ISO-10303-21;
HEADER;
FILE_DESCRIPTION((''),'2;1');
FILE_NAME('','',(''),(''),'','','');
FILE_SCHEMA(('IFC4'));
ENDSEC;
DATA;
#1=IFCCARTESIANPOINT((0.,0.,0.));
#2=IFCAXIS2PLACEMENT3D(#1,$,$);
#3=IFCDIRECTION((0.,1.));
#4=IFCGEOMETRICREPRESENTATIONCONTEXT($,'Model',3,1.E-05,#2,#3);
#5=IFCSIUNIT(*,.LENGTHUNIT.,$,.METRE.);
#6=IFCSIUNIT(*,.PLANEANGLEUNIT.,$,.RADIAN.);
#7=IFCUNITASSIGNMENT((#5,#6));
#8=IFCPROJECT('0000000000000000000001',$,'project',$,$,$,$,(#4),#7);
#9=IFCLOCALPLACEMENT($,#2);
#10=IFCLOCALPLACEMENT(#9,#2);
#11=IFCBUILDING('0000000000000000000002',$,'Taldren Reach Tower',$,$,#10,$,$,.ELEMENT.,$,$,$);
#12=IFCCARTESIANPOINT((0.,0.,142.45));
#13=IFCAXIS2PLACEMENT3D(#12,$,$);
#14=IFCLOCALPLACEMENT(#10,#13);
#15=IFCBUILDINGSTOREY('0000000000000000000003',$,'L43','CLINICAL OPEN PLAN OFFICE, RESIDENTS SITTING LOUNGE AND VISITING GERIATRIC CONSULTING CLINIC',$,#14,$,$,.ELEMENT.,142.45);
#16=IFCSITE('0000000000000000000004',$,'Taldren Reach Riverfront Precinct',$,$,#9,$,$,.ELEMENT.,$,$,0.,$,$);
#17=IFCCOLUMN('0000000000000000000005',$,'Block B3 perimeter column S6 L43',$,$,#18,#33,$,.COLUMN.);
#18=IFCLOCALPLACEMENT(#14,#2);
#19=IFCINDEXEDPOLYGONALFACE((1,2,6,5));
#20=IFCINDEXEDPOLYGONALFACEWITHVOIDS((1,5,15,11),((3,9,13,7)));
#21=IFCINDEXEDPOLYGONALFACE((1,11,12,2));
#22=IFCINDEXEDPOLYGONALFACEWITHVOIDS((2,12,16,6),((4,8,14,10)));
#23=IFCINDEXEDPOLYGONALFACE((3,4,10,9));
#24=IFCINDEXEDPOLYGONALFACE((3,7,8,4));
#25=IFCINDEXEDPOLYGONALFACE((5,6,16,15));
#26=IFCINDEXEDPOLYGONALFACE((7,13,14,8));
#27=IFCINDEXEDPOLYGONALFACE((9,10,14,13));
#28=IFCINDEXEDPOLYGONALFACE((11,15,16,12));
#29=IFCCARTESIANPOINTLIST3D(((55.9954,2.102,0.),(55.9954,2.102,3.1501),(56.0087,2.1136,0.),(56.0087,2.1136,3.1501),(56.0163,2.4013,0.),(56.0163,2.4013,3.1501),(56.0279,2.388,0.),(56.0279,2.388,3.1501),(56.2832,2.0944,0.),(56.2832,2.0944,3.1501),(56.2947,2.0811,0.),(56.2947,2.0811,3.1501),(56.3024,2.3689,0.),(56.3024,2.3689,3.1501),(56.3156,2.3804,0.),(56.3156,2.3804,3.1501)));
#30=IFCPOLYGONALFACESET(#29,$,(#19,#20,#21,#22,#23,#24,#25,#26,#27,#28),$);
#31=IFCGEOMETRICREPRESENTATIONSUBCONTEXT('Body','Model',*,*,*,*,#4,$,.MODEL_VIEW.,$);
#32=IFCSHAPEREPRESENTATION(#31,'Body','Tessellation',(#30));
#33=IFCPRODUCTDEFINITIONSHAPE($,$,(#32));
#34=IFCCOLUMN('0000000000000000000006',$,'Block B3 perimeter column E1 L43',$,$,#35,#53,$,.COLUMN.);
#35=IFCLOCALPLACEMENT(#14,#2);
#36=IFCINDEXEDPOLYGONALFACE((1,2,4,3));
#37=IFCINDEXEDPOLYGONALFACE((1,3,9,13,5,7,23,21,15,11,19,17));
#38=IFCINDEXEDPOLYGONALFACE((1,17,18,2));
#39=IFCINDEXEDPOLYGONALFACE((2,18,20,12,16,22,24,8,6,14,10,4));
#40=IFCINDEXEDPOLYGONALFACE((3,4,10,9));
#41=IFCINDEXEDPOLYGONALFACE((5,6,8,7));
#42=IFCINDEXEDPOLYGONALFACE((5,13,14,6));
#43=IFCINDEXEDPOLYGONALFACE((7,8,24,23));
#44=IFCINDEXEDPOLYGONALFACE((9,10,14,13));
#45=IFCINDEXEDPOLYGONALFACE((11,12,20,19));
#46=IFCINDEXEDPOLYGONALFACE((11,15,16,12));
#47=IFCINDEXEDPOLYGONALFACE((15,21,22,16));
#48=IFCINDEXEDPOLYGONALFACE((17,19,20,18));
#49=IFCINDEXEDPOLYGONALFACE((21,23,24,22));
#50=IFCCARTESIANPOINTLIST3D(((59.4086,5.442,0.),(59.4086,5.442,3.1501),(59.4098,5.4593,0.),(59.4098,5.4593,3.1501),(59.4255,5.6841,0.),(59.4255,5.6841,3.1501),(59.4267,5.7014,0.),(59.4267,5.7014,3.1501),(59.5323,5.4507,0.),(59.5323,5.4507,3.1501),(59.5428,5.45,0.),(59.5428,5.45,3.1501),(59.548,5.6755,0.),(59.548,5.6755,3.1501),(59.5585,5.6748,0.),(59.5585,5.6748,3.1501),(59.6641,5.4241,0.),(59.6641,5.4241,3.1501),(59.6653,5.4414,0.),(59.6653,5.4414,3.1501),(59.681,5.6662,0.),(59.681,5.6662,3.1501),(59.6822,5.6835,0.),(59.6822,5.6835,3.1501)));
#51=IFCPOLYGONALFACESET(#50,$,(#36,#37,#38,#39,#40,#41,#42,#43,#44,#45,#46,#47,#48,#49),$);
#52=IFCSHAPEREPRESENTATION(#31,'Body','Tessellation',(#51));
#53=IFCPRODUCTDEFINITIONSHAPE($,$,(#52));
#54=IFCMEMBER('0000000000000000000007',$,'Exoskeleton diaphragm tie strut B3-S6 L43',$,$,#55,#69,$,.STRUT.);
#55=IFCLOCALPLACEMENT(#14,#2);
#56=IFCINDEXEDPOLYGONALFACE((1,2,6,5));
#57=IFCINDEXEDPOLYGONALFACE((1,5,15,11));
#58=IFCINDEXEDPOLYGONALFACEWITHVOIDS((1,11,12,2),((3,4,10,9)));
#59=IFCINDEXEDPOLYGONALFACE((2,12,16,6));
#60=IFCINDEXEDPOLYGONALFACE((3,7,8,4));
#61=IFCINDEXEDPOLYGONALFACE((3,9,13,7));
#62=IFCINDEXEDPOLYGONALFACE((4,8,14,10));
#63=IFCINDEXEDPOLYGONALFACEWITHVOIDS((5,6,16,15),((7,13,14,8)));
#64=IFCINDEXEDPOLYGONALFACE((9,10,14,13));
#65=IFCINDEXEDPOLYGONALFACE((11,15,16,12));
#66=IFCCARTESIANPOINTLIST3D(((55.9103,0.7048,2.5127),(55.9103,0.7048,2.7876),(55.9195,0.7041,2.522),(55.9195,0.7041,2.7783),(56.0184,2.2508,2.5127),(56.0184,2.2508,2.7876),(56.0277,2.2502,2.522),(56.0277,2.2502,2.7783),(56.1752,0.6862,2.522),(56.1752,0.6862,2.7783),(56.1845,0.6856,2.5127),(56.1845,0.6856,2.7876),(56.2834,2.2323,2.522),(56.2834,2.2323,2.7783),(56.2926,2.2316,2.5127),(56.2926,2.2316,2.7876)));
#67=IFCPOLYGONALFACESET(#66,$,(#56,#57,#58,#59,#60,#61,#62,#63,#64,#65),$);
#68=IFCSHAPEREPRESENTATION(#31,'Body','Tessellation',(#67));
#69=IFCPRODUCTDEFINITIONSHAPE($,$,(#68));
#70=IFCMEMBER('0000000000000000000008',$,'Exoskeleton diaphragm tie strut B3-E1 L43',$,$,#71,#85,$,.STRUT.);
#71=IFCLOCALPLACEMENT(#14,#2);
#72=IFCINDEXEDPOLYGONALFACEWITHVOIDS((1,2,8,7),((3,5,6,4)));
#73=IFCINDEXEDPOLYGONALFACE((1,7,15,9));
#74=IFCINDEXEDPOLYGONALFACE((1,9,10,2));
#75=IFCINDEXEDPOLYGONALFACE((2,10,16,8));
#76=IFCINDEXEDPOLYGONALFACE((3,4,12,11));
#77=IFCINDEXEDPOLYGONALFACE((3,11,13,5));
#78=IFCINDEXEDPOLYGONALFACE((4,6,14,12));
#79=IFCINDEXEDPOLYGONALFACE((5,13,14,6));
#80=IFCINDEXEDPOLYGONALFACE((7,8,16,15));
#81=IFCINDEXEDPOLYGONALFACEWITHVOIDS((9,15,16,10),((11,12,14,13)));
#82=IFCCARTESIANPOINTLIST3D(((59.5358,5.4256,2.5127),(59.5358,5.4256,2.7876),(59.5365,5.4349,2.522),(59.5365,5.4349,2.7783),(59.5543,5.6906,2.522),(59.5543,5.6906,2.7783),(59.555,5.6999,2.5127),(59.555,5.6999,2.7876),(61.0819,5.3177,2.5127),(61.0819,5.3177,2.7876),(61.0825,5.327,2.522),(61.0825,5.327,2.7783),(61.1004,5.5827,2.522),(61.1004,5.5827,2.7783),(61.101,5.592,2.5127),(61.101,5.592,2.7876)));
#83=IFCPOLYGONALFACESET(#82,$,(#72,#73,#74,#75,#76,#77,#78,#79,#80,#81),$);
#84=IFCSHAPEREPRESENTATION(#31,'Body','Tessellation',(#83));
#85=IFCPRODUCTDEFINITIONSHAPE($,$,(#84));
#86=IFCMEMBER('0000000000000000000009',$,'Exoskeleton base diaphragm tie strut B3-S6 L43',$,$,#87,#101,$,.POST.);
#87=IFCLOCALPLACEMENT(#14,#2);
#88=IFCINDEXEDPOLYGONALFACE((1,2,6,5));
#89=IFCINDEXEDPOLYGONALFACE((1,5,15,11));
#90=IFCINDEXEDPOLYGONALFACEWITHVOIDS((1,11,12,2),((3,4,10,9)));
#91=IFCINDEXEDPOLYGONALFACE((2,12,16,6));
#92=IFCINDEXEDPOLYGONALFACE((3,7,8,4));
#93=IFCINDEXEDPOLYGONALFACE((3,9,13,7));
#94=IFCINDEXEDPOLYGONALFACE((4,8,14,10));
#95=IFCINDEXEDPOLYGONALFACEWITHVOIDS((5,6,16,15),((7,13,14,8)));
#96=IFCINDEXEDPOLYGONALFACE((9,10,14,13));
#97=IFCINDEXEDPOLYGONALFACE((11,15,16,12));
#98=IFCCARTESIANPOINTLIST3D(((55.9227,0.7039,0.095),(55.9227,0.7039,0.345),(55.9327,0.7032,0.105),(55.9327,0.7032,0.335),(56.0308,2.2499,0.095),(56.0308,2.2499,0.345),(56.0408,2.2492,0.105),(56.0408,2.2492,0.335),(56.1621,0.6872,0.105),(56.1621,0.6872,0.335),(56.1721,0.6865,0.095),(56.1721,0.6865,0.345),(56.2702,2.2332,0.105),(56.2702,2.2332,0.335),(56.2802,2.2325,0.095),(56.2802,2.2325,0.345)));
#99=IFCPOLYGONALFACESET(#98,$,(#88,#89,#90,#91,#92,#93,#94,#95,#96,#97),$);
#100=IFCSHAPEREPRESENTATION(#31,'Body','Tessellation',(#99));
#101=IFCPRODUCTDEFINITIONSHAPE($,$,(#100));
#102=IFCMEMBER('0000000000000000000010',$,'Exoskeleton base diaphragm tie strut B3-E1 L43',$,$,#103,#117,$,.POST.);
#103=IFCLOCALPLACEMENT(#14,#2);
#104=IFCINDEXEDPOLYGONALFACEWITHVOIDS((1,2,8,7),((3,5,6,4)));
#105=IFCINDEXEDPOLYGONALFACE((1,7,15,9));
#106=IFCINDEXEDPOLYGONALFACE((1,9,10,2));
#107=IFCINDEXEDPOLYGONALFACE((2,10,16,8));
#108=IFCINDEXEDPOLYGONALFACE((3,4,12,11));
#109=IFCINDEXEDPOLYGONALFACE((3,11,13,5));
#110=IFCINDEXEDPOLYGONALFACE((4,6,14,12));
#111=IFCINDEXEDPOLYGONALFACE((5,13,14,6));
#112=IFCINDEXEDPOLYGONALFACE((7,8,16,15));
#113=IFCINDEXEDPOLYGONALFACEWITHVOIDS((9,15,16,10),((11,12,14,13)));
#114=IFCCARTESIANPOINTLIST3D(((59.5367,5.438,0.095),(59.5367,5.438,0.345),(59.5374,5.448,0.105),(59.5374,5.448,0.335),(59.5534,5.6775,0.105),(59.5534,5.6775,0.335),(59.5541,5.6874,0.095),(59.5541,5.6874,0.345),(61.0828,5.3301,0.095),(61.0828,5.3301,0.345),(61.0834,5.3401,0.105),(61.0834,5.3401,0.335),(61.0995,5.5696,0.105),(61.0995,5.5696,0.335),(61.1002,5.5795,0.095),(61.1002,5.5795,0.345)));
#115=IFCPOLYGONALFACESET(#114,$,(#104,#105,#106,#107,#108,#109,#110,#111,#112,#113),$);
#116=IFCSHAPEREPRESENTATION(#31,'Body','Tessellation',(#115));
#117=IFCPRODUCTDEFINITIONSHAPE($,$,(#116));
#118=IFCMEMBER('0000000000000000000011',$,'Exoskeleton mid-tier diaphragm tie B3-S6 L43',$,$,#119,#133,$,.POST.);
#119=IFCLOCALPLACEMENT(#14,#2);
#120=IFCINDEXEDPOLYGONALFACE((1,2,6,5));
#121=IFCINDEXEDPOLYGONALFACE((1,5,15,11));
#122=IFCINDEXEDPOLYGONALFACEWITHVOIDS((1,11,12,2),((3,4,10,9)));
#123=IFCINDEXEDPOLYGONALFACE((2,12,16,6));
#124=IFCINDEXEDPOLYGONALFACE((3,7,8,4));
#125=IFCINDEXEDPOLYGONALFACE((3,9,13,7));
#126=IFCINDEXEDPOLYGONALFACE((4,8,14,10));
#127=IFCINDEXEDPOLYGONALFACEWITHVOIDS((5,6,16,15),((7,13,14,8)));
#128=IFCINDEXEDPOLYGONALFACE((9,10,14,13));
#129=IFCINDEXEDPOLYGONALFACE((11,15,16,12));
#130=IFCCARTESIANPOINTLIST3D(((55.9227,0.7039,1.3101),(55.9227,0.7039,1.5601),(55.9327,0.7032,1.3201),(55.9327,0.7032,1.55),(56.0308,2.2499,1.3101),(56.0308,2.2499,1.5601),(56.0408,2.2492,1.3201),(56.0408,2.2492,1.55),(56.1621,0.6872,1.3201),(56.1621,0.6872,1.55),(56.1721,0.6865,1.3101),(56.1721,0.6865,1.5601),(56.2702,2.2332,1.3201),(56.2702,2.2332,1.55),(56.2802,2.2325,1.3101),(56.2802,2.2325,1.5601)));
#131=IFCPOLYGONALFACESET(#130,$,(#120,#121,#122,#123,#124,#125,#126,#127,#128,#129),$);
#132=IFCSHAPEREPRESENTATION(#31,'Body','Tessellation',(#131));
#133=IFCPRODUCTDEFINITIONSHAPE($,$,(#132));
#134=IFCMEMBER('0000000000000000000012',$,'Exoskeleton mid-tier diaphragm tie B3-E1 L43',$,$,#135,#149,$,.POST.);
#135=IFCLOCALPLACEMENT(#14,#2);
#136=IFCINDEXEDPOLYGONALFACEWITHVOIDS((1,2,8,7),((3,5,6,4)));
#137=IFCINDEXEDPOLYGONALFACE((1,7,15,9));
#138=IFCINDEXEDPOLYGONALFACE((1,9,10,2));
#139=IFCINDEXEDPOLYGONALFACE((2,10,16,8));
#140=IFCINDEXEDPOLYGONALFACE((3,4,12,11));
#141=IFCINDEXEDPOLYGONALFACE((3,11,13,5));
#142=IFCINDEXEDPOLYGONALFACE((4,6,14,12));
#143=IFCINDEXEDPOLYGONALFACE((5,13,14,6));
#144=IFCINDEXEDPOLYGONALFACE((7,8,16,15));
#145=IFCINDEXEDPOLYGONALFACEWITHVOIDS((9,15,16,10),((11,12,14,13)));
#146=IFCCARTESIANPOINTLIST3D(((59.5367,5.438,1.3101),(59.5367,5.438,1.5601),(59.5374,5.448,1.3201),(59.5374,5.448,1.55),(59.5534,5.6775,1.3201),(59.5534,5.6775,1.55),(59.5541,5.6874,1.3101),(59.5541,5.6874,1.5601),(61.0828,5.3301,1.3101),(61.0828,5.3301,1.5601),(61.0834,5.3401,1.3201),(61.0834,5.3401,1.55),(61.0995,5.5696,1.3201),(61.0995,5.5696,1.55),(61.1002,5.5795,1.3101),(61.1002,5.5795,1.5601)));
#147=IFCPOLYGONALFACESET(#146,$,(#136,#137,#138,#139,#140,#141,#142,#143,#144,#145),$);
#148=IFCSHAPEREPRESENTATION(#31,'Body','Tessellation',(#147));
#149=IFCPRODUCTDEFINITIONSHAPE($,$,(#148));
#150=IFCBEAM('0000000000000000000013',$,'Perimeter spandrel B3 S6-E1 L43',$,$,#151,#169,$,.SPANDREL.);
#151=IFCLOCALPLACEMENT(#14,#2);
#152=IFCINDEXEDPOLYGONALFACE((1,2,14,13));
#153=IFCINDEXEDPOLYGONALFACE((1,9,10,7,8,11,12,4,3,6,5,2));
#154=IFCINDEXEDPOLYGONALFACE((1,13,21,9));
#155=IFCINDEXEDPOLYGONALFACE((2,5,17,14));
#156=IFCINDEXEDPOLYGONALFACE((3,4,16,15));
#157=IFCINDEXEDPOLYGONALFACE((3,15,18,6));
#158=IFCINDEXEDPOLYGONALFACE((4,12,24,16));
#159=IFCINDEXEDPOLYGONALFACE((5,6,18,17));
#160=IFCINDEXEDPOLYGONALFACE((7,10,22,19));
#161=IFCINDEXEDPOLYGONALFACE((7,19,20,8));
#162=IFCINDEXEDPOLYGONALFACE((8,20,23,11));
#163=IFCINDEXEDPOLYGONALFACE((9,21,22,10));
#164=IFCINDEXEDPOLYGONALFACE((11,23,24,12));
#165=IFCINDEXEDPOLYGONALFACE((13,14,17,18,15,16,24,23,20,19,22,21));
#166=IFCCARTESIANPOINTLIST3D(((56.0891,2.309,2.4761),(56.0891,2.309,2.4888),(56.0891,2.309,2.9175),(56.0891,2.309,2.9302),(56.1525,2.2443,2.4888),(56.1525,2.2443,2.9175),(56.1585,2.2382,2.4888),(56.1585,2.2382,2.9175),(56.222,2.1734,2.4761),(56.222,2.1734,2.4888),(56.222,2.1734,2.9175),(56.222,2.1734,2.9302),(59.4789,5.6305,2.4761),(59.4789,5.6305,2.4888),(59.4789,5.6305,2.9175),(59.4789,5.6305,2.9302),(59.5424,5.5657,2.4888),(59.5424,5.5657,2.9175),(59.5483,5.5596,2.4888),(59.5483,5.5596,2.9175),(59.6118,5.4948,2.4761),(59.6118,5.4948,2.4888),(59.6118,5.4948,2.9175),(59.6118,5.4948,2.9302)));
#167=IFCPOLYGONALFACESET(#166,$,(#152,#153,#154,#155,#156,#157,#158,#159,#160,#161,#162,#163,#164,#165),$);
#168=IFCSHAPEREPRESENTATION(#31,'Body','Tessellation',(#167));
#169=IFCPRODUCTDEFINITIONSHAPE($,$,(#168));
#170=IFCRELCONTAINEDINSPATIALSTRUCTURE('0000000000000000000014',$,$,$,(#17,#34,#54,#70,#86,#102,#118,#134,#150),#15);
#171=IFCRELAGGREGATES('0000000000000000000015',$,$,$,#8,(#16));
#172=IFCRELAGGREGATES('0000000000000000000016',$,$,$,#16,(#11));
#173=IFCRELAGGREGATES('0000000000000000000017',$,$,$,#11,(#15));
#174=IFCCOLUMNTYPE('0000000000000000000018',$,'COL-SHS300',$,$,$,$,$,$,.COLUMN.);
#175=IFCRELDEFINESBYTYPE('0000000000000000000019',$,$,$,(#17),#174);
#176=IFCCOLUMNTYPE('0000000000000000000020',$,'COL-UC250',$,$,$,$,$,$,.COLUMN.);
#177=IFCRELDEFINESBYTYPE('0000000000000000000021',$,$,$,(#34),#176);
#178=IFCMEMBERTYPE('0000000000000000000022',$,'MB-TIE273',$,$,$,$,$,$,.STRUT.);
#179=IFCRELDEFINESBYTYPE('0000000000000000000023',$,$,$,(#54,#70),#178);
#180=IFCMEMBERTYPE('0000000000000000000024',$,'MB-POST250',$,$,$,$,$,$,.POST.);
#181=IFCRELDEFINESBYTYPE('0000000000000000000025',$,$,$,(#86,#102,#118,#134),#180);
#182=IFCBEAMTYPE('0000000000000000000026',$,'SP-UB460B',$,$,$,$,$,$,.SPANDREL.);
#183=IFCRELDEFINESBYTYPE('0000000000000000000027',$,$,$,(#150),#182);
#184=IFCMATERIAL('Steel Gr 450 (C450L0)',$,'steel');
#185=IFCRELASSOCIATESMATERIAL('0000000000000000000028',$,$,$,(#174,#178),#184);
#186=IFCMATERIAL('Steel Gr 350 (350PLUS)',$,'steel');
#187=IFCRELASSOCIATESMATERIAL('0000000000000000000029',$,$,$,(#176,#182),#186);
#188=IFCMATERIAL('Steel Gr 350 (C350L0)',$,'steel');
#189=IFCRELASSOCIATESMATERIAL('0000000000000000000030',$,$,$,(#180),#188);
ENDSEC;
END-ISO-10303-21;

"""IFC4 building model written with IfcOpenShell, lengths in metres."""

from ifc_helpers import new_model, si_unit, direction, frame, origin, origin_2d, place, context, subcontext, project, spatial, hollow_rectangle, i_section, extrude, source, transform, mapped, material, material_profile, profile_set, type_object, element, save


model = new_model("IFC4")

# Units and contexts
model_context = context("Model", 3, precision=1e-05, world=origin(), true_north=direction((0.0, 1.0)))
body_context = subcontext(model_context, "Body", "Model", "MODEL_VIEW")
ifc_project = project(units=[si_unit("LENGTHUNIT", "METRE"), si_unit("PLANEANGLEUNIT", "RADIAN")], contexts=[model_context])

# Site, building, storey
site_placement = place(None, origin())
site = spatial("IfcSite", under=ifc_project, at=site_placement, Name="Taldren Reach Riverfront Precinct", CompositionType="ELEMENT", RefElevation=0.0)
building_placement = place(site_placement, origin())
building = spatial("IfcBuilding", under=site, at=building_placement, Name="Taldren Reach Tower", CompositionType="ELEMENT")
storey_placement = place(building_placement, frame((0.0, 0.0, 142.45)))
storey = spatial("IfcBuildingStorey", under=building, at=storey_placement, Name="L43", Description="CLINICAL OPEN PLAN OFFICE, RESIDENTS SITTING LOUNGE AND VISITING GERIATRIC CONSULTING CLINIC", CompositionType="ELEMENT", Elevation=142.45)

# Columns
ifc_material_1 = material(Name="Steel Gr 450 (C450L0)", Category="steel")
ifc_material_profile_1 = material_profile(ifc_material_1, hollow_rectangle(XDim=0.3, YDim=0.3, WallThickness=0.0125, at=origin_2d()), Name="300x300x12.5SHS")
ifc_profile_set_1 = profile_set([ifc_material_profile_1], Name="Steel Gr 450 (C450L0)")
column_type_1 = type_object("IfcColumnType", Name="COL-SHS300", PredefinedType="COLUMN", material=ifc_profile_set_1)
shared_shape_1 = source(origin(), body_context, "Body", "SweptSolid", [
    extrude(hollow_rectangle(XDim=0.3, YDim=0.3, WallThickness=0.0125, at=origin_2d()), origin(), (0.0, 0.0, 1.0), 3.1501),
])
column_1_placement = place(storey_placement, frame((56.1555, 2.2412, 0.0), z_axis=(0.0, 0.0, 1.0), x_axis=(0.997564, -0.069756, 0.0)))
element("IfcColumn", 1, at=column_1_placement, inside=storey, type_object=column_type_1, Name="Block B3 perimeter column S6 L43", PredefinedType="COLUMN", context=body_context, shape_type="MappedRepresentation", body=[
    mapped(shared_shape_1, transform((0.0, 0.0, 0.0), scale=1.0)),
])
ifc_material_2 = material(Name="Steel Gr 350 (350PLUS)", Category="steel")
ifc_material_profile_2 = material_profile(ifc_material_2, i_section(OverallWidth=0.2561, OverallDepth=0.26, WebThickness=0.0105, FlangeThickness=0.0173, at=origin_2d()), Name="250UC89.5")
ifc_profile_set_2 = profile_set([ifc_material_profile_2], Name="Steel Gr 350 (350PLUS)")
column_type_2 = type_object("IfcColumnType", Name="COL-UC250", PredefinedType="COLUMN", material=ifc_profile_set_2)
shared_shape_2 = source(origin(), body_context, "Body", "SweptSolid", [
    extrude(i_section(OverallWidth=0.2561, OverallDepth=0.26, WebThickness=0.0105, FlangeThickness=0.0173, at=origin_2d()), origin(), (0.0, 0.0, 1.0), 3.1501),
])
column_2_placement = place(storey_placement, frame((59.5454, 5.5627, 0.0), z_axis=(0.0, 0.0, 1.0), x_axis=(0.997564, -0.069756, 0.0)))
element("IfcColumn", 2, at=column_2_placement, inside=storey, type_object=column_type_2, Name="Block B3 perimeter column E1 L43", PredefinedType="COLUMN", context=body_context, shape_type="MappedRepresentation", body=[
    mapped(shared_shape_2, transform((0.0, 0.0, 0.0), scale=1.0)),
])

# Members
ifc_material_profile_3 = material_profile(ifc_material_1, hollow_rectangle(XDim=0.2749, YDim=0.2749, WallThickness=0.0093, at=origin_2d()), Name="275x275x9.3SHS")
ifc_profile_set_3 = profile_set([ifc_material_profile_3], Name="Steel Gr 450 (C450L0)")
member_type_1 = type_object("IfcMemberType", Name="MB-TIE273", PredefinedType="STRUT", material=ifc_profile_set_3)
shared_shape_3 = source(origin(), body_context, "Body", "SweptSolid", [
    extrude(hollow_rectangle(XDim=0.2749, YDim=0.2749, WallThickness=0.0093, at=origin_2d()), origin(), (0.0, 0.0, 1.0), 1.5498),
])
for number, where, z_axis, x_axis, name in (
    (3, (56.1555, 2.2412, 2.6501), (-0.069781, -0.997562, 0.0), (0.997562, -0.069781, 0.0), "Exoskeleton diaphragm tie strut B3-S6 L43"),
    (4, (59.5454, 5.5627, 2.6501), (0.997573, -0.069624, 0.0), (0.069624, 0.997573, 0.0), "Exoskeleton diaphragm tie strut B3-E1 L43"),
):
    element("IfcMember", number, at=place(storey_placement, frame(where, z_axis=z_axis, x_axis=x_axis)), inside=storey, type_object=member_type_1, Name=name, PredefinedType="STRUT", context=body_context, shape_type="MappedRepresentation", body=[
        mapped(shared_shape_3, transform((0.0, 0.0, 0.0), scale=1.0)),
    ])
ifc_material_3 = material(Name="Steel Gr 350 (C350L0)", Category="steel")
ifc_material_profile_4 = material_profile(ifc_material_3, hollow_rectangle(XDim=0.25, YDim=0.25, WallThickness=0.01, at=origin_2d()), Name="250x250x10.0SHS")
ifc_profile_set_4 = profile_set([ifc_material_profile_4], Name="Steel Gr 350 (C350L0)")
member_type_2 = type_object("IfcMemberType", Name="MB-POST250", PredefinedType="POST", material=ifc_profile_set_4)
shared_shape_4 = source(origin(), body_context, "Body", "SweptSolid", [
    extrude(hollow_rectangle(XDim=0.25, YDim=0.25, WallThickness=0.01, at=origin_2d()), origin(), (0.0, 0.0, 1.0), 1.5498),
])
for number, where, z_axis, x_axis, name in (
    (5, (56.1555, 2.2412, 0.22), (-0.069781, -0.997562, 0.0), (0.997562, -0.069781, 0.0), "Exoskeleton base diaphragm tie strut B3-S6 L43"),
    (6, (59.5454, 5.5627, 0.22), (0.997573, -0.069624, 0.0), (0.069624, 0.997573, 0.0), "Exoskeleton base diaphragm tie strut B3-E1 L43"),
    (7, (56.1555, 2.2412, 1.4351), (-0.069781, -0.997562, 0.0), (0.997562, -0.069781, 0.0), "Exoskeleton mid-tier diaphragm tie B3-S6 L43"),
    (8, (59.5454, 5.5627, 1.4351), (0.997573, -0.069624, 0.0), (0.069624, 0.997573, 0.0), "Exoskeleton mid-tier diaphragm tie B3-E1 L43"),
):
    element("IfcMember", number, at=place(storey_placement, frame(where, z_axis=z_axis, x_axis=x_axis)), inside=storey, type_object=member_type_2, Name=name, PredefinedType="POST", context=body_context, shape_type="MappedRepresentation", body=[
        mapped(shared_shape_4, transform((0.0, 0.0, 0.0), scale=1.0)),
    ])

# Beam
ifc_material_profile_5 = material_profile(ifc_material_2, i_section(OverallWidth=0.1899, OverallDepth=0.4541, WebThickness=0.0085, FlangeThickness=0.0127, at=origin_2d()), Name="460UB67.1")
ifc_profile_set_5 = profile_set([ifc_material_profile_5], Name="Steel Gr 350 (350PLUS)")
beam_type_1 = type_object("IfcBeamType", Name="SP-UB460B", PredefinedType="SPANDREL", material=ifc_profile_set_5)
shared_shape_5 = source(origin(), body_context, "Body", "SweptSolid", [
    extrude(i_section(OverallWidth=0.1899, OverallDepth=0.4541, WebThickness=0.0085, FlangeThickness=0.0127, at=origin_2d()), origin(), (0.0, 0.0, 1.0), 4.7458),
])
beam_1_placement = place(storey_placement, frame((56.1555, 2.2412, 2.7031), z_axis=(0.714272, 0.699868, 0.0), x_axis=(-0.699868, 0.714272, 0.0)))
element("IfcBeam", 9, at=beam_1_placement, inside=storey, type_object=beam_type_1, Name="Perimeter spandrel B3 S6-E1 L43", PredefinedType="SPANDREL", context=body_context, shape_type="MappedRepresentation", body=[
    mapped(shared_shape_5, transform((0.0, 0.0, 0.0), scale=1.0)),
])

save(model, "model.ifc")
